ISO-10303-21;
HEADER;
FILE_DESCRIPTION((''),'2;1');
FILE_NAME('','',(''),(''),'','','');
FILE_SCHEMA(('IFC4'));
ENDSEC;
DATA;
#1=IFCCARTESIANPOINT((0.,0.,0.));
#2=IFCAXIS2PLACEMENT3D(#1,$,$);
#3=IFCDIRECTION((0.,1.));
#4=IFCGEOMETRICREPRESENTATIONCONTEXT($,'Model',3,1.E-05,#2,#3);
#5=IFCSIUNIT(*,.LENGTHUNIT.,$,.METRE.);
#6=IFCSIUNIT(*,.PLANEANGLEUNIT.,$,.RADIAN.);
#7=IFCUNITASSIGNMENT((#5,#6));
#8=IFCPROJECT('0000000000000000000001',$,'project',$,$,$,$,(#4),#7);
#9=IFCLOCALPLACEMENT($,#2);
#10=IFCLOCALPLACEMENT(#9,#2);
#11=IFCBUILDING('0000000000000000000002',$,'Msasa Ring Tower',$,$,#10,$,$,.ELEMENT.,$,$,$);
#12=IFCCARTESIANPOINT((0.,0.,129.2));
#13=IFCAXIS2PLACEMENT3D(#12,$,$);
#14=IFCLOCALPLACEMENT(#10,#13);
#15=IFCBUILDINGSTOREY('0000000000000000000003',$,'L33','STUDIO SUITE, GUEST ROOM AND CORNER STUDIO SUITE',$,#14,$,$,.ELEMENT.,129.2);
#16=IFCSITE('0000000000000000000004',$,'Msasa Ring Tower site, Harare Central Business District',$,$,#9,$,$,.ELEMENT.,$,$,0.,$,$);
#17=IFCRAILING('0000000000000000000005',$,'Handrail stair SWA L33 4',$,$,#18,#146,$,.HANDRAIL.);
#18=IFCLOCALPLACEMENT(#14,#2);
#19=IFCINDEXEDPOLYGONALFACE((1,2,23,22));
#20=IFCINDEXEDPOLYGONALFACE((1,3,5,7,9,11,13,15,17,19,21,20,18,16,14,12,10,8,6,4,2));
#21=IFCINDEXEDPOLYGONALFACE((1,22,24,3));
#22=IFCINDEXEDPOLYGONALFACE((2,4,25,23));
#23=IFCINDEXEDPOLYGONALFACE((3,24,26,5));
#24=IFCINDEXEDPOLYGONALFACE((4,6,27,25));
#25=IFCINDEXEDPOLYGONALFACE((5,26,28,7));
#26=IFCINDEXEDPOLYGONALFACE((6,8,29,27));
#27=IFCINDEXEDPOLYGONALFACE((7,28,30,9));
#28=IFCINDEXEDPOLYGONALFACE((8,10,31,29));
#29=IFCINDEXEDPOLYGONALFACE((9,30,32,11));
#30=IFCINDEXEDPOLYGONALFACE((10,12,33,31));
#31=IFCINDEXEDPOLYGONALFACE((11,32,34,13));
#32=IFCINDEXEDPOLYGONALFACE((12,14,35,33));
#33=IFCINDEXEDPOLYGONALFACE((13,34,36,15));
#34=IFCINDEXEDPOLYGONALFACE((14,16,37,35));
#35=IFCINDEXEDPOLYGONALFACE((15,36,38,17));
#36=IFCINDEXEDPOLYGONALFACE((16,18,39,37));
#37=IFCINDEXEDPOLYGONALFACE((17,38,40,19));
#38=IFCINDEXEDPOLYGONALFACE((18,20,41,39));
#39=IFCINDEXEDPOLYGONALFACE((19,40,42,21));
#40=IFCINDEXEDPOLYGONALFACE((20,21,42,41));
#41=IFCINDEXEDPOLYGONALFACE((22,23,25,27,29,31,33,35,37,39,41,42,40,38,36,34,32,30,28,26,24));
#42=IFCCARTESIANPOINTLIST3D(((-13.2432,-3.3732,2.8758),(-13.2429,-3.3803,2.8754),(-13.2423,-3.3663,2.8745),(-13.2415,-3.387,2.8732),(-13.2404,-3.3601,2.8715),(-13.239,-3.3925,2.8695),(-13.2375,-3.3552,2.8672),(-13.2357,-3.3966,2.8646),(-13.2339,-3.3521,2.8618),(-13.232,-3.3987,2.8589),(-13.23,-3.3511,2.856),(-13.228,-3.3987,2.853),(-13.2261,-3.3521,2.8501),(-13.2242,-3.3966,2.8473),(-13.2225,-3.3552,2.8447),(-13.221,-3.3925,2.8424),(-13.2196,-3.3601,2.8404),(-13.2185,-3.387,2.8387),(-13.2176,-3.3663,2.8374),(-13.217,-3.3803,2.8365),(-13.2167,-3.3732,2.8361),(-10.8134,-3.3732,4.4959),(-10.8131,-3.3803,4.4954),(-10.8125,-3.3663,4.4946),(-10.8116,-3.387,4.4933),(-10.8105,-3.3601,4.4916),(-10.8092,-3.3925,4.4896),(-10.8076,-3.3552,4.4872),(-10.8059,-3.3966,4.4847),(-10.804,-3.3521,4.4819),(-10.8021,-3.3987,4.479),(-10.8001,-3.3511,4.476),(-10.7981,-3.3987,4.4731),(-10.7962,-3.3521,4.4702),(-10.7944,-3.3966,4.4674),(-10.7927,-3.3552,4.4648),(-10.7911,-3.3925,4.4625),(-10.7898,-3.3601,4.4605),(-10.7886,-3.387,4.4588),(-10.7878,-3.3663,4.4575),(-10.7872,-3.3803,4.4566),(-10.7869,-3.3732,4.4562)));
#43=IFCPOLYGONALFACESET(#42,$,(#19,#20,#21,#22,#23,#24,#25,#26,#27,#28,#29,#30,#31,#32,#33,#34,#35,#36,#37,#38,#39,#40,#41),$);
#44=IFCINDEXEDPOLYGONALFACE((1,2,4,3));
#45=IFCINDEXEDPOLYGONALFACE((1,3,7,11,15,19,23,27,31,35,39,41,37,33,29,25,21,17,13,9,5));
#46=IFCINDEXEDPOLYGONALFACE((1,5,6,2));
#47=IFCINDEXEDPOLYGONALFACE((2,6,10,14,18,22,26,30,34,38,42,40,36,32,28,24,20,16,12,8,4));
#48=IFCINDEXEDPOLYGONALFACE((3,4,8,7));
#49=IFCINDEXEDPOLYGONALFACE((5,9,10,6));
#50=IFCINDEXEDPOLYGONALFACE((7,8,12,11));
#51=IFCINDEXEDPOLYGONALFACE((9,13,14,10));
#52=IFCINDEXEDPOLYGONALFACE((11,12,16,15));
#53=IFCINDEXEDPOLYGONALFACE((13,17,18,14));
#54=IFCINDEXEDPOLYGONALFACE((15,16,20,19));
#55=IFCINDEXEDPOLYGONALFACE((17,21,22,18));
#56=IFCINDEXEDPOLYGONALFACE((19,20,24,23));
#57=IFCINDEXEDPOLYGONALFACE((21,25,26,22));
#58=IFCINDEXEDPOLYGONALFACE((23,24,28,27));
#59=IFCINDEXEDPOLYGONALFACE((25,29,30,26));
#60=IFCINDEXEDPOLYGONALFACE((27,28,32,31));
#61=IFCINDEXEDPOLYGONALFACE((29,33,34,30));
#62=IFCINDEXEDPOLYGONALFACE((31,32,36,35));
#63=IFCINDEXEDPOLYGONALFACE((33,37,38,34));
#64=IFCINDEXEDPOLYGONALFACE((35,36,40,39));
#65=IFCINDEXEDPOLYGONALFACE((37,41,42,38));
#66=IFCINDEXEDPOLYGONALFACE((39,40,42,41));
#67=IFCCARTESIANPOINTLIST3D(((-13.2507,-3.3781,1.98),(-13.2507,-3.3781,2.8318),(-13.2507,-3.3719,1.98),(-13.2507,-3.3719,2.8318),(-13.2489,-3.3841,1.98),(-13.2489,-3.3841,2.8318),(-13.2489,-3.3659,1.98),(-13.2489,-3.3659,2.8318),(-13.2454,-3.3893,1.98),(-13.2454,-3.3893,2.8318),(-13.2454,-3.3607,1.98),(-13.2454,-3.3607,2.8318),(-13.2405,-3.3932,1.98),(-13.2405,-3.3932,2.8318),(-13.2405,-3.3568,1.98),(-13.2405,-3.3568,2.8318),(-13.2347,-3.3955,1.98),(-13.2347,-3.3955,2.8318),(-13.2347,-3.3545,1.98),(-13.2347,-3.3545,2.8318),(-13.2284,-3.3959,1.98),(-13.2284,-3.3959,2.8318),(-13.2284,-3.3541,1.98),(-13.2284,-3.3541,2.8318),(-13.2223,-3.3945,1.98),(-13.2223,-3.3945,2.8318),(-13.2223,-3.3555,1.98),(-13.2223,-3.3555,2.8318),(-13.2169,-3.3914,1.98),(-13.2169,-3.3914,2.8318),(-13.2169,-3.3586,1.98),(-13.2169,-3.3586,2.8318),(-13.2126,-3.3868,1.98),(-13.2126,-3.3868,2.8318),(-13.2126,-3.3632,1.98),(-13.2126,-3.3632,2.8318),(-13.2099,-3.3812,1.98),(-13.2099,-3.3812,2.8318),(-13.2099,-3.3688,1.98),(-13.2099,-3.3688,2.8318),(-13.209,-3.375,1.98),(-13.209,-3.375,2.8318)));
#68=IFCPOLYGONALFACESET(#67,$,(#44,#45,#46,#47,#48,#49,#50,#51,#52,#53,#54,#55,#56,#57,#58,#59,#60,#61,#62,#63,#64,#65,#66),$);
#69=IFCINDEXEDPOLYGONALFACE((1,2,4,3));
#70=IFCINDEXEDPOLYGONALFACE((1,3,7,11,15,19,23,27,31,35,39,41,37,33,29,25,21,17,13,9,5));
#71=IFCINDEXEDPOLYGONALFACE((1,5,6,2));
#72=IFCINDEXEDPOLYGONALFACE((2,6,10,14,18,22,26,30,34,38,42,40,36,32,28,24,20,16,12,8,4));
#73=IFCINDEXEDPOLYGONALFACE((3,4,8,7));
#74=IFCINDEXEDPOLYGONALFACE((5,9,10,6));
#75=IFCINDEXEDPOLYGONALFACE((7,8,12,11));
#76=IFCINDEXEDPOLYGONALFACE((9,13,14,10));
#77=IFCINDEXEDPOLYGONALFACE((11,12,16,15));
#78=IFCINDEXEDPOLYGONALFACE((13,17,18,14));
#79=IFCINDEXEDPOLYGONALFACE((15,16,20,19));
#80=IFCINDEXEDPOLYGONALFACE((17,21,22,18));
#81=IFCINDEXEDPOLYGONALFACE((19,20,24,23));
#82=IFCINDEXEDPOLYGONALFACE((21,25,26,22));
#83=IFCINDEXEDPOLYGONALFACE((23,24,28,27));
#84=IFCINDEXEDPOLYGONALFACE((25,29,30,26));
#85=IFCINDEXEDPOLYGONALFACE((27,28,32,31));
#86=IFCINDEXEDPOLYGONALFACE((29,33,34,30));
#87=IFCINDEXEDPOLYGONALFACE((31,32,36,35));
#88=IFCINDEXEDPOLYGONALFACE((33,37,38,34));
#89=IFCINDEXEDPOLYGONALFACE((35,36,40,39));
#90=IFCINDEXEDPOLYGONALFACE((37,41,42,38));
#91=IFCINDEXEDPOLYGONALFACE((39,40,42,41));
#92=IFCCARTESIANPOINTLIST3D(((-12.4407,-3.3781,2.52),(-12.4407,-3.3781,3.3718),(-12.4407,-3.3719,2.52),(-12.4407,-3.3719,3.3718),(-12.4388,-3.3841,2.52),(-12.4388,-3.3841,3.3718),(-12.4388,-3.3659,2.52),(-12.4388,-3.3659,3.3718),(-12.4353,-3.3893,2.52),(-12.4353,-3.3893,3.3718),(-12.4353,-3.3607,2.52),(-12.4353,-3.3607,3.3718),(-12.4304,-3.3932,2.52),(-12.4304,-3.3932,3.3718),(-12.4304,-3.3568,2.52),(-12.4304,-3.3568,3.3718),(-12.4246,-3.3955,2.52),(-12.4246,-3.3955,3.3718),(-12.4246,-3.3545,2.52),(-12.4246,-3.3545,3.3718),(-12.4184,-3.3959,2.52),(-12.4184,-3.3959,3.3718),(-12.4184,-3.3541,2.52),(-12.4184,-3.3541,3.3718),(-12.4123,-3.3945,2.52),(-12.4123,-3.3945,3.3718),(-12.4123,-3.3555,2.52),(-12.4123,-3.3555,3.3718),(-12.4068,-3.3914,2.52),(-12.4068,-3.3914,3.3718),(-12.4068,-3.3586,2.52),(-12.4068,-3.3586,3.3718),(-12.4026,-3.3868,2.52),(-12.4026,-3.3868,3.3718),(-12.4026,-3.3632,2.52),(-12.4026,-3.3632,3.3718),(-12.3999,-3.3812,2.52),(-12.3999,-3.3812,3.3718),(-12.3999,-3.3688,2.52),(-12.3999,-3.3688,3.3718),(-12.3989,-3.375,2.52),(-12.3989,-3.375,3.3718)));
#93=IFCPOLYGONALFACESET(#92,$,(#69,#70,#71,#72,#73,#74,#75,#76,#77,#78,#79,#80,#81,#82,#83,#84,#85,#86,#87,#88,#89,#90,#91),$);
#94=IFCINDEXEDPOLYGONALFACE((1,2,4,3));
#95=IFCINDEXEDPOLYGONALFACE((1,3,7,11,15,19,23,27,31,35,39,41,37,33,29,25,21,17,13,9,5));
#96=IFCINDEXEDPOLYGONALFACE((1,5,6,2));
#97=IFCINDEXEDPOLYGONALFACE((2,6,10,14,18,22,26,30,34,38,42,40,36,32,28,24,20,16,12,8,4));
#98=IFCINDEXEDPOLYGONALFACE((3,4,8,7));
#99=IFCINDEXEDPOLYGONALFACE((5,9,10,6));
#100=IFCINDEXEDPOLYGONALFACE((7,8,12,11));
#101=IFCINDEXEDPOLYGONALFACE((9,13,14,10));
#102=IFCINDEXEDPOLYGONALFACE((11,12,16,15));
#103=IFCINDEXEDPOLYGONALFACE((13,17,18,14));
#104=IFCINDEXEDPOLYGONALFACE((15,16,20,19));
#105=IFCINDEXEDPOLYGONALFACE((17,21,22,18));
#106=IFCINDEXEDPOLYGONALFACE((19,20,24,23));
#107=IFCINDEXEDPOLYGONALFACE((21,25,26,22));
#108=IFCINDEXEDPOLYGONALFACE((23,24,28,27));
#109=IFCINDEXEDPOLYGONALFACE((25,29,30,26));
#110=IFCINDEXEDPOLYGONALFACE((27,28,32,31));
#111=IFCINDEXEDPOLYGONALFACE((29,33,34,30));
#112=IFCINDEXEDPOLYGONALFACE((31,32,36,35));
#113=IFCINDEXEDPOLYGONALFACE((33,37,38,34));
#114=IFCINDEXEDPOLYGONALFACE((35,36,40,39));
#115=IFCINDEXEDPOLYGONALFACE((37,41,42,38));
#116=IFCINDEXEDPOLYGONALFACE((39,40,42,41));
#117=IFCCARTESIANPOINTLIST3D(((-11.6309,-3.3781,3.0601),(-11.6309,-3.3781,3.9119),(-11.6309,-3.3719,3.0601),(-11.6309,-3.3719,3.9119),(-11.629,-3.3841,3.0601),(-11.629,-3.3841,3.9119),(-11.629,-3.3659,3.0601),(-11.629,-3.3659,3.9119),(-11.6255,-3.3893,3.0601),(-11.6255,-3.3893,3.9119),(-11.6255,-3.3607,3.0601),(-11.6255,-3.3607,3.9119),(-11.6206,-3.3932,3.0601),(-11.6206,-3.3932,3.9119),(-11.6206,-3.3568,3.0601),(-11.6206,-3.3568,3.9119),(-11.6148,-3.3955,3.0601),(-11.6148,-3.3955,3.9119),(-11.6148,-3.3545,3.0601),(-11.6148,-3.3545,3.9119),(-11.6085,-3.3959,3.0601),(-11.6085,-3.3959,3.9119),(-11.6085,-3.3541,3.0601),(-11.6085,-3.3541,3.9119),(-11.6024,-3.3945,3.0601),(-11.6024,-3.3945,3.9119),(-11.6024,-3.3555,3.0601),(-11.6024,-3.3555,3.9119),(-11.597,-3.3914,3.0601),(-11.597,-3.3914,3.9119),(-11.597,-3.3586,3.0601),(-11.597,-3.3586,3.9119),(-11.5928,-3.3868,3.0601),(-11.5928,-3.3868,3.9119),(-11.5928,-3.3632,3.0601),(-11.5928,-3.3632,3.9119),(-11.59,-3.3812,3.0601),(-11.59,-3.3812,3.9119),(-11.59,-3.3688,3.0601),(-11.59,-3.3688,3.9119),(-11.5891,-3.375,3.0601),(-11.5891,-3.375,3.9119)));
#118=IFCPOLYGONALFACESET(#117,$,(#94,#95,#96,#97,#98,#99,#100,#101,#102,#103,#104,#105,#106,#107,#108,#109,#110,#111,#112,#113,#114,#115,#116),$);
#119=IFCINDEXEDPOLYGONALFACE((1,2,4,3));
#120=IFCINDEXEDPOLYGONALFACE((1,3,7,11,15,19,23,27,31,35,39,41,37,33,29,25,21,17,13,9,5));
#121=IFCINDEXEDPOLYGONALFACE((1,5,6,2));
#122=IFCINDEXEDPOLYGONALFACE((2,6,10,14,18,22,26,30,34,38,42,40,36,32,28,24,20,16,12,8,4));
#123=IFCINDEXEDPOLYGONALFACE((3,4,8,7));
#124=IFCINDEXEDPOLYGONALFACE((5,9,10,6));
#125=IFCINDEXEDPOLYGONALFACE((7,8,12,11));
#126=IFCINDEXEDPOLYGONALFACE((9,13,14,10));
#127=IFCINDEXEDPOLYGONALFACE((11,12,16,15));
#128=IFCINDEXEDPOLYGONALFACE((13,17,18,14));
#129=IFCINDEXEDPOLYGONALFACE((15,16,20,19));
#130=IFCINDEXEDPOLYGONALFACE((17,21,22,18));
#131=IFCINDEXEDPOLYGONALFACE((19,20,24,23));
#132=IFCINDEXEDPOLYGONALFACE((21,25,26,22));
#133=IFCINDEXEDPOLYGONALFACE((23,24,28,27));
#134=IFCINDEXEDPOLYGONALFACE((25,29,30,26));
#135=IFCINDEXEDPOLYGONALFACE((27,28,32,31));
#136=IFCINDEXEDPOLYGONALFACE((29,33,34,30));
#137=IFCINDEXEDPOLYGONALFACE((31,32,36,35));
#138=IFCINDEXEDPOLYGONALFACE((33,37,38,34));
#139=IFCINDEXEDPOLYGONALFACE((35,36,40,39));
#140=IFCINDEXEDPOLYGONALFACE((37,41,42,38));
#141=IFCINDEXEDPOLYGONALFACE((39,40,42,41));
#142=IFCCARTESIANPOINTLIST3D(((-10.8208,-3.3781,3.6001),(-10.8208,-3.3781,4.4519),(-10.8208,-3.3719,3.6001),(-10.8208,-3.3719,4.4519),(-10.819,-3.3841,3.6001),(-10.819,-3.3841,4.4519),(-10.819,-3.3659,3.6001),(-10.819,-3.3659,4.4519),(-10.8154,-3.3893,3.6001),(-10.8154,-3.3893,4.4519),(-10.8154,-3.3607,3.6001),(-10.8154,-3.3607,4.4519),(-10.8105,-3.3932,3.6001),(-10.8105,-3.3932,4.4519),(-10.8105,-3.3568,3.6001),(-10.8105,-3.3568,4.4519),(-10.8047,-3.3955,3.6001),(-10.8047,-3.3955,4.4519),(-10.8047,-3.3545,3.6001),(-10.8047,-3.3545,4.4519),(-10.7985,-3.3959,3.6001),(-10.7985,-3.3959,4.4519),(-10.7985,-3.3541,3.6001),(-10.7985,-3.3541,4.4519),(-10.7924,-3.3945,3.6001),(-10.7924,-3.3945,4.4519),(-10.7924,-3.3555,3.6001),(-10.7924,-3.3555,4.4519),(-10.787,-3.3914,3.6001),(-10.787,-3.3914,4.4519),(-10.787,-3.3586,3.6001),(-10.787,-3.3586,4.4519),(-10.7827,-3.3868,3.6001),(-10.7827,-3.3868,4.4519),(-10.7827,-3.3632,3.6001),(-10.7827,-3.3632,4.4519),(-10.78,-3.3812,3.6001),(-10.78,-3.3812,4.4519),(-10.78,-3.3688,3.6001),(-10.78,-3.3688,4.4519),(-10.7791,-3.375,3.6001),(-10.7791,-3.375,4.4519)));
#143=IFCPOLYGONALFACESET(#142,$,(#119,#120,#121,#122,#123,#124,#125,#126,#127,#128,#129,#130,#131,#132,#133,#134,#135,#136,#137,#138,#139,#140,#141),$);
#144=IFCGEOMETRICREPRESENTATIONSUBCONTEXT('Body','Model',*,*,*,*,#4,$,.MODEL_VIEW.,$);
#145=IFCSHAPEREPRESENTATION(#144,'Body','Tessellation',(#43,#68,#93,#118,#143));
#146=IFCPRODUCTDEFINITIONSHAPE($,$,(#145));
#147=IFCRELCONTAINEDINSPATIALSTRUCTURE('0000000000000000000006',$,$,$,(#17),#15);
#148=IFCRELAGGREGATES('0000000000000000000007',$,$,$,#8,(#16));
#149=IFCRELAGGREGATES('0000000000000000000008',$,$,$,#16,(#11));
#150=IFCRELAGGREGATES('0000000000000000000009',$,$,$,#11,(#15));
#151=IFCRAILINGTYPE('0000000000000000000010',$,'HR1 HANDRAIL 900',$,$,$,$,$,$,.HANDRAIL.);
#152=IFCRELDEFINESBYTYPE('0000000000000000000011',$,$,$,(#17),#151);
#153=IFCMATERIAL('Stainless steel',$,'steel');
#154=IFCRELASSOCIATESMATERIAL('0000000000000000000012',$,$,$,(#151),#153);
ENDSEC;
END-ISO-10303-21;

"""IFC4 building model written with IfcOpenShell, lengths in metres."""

from ifc_helpers import new_model, si_unit, direction, frame, origin, origin_2d, place, context, subcontext, project, spatial, circle, extrude, material, type_object, element, save


model = new_model("IFC4")

# Units and contexts
model_context = context("Model", 3, precision=1e-05, world=origin(), true_north=direction((0.0, 1.0)))
body_context = subcontext(model_context, "Body", "Model", "MODEL_VIEW")
ifc_project = project(units=[si_unit("LENGTHUNIT", "METRE"), si_unit("PLANEANGLEUNIT", "RADIAN")], contexts=[model_context])

# Site, building, storey
site_placement = place(None, origin())
site = spatial("IfcSite", under=ifc_project, at=site_placement, Name="Msasa Ring Tower site, Harare Central Business District", CompositionType="ELEMENT", RefElevation=0.0)
building_placement = place(site_placement, origin())
building = spatial("IfcBuilding", under=site, at=building_placement, Name="Msasa Ring Tower", CompositionType="ELEMENT")
storey_placement = place(building_placement, frame((0.0, 0.0, 129.2)))
storey = spatial("IfcBuildingStorey", under=building, at=storey_placement, Name="L33", Description="STUDIO SUITE, GUEST ROOM AND CORNER STUDIO SUITE", CompositionType="ELEMENT", Elevation=129.2)

# Railing
ifc_material_1 = material(Name="Stainless steel", Category="steel")
railing_type = type_object("IfcRailingType", Name="HR1 HANDRAIL 900", PredefinedType="HANDRAIL", material=ifc_material_1)
railing_placement = place(storey_placement, frame((-13.23, -3.375, 1.98)))
element("IfcRailing", 1, at=railing_placement, inside=storey, type_object=railing_type, Name="Handrail stair SWA L33 4", PredefinedType="HANDRAIL", context=body_context, shape_type="SweptSolid", body=[
    extrude(circle(Radius=0.0239, at=origin_2d()), frame((0.0, 0.0, 0.876), z_axis=(0.832025, 0.0, 0.554739), x_axis=(0.0, 1.0, 0.0)), (0.0, 0.0, 1.0), 2.9204),
    extrude(circle(Radius=0.021, at=origin_2d()), origin(), (0.0, 0.0, 1.0), 0.8518),
    extrude(circle(Radius=0.021, at=origin_2d()), frame((0.8101, 0.0, 0.54)), (0.0, 0.0, 1.0), 0.8518),
    extrude(circle(Radius=0.021, at=origin_2d()), frame((1.6199, 0.0, 1.0801)), (0.0, 0.0, 1.0), 0.8518),
    extrude(circle(Radius=0.021, at=origin_2d()), frame((2.4299, 0.0, 1.6201)), (0.0, 0.0, 1.0), 0.8518),
])

save(model, "model.ifc")
